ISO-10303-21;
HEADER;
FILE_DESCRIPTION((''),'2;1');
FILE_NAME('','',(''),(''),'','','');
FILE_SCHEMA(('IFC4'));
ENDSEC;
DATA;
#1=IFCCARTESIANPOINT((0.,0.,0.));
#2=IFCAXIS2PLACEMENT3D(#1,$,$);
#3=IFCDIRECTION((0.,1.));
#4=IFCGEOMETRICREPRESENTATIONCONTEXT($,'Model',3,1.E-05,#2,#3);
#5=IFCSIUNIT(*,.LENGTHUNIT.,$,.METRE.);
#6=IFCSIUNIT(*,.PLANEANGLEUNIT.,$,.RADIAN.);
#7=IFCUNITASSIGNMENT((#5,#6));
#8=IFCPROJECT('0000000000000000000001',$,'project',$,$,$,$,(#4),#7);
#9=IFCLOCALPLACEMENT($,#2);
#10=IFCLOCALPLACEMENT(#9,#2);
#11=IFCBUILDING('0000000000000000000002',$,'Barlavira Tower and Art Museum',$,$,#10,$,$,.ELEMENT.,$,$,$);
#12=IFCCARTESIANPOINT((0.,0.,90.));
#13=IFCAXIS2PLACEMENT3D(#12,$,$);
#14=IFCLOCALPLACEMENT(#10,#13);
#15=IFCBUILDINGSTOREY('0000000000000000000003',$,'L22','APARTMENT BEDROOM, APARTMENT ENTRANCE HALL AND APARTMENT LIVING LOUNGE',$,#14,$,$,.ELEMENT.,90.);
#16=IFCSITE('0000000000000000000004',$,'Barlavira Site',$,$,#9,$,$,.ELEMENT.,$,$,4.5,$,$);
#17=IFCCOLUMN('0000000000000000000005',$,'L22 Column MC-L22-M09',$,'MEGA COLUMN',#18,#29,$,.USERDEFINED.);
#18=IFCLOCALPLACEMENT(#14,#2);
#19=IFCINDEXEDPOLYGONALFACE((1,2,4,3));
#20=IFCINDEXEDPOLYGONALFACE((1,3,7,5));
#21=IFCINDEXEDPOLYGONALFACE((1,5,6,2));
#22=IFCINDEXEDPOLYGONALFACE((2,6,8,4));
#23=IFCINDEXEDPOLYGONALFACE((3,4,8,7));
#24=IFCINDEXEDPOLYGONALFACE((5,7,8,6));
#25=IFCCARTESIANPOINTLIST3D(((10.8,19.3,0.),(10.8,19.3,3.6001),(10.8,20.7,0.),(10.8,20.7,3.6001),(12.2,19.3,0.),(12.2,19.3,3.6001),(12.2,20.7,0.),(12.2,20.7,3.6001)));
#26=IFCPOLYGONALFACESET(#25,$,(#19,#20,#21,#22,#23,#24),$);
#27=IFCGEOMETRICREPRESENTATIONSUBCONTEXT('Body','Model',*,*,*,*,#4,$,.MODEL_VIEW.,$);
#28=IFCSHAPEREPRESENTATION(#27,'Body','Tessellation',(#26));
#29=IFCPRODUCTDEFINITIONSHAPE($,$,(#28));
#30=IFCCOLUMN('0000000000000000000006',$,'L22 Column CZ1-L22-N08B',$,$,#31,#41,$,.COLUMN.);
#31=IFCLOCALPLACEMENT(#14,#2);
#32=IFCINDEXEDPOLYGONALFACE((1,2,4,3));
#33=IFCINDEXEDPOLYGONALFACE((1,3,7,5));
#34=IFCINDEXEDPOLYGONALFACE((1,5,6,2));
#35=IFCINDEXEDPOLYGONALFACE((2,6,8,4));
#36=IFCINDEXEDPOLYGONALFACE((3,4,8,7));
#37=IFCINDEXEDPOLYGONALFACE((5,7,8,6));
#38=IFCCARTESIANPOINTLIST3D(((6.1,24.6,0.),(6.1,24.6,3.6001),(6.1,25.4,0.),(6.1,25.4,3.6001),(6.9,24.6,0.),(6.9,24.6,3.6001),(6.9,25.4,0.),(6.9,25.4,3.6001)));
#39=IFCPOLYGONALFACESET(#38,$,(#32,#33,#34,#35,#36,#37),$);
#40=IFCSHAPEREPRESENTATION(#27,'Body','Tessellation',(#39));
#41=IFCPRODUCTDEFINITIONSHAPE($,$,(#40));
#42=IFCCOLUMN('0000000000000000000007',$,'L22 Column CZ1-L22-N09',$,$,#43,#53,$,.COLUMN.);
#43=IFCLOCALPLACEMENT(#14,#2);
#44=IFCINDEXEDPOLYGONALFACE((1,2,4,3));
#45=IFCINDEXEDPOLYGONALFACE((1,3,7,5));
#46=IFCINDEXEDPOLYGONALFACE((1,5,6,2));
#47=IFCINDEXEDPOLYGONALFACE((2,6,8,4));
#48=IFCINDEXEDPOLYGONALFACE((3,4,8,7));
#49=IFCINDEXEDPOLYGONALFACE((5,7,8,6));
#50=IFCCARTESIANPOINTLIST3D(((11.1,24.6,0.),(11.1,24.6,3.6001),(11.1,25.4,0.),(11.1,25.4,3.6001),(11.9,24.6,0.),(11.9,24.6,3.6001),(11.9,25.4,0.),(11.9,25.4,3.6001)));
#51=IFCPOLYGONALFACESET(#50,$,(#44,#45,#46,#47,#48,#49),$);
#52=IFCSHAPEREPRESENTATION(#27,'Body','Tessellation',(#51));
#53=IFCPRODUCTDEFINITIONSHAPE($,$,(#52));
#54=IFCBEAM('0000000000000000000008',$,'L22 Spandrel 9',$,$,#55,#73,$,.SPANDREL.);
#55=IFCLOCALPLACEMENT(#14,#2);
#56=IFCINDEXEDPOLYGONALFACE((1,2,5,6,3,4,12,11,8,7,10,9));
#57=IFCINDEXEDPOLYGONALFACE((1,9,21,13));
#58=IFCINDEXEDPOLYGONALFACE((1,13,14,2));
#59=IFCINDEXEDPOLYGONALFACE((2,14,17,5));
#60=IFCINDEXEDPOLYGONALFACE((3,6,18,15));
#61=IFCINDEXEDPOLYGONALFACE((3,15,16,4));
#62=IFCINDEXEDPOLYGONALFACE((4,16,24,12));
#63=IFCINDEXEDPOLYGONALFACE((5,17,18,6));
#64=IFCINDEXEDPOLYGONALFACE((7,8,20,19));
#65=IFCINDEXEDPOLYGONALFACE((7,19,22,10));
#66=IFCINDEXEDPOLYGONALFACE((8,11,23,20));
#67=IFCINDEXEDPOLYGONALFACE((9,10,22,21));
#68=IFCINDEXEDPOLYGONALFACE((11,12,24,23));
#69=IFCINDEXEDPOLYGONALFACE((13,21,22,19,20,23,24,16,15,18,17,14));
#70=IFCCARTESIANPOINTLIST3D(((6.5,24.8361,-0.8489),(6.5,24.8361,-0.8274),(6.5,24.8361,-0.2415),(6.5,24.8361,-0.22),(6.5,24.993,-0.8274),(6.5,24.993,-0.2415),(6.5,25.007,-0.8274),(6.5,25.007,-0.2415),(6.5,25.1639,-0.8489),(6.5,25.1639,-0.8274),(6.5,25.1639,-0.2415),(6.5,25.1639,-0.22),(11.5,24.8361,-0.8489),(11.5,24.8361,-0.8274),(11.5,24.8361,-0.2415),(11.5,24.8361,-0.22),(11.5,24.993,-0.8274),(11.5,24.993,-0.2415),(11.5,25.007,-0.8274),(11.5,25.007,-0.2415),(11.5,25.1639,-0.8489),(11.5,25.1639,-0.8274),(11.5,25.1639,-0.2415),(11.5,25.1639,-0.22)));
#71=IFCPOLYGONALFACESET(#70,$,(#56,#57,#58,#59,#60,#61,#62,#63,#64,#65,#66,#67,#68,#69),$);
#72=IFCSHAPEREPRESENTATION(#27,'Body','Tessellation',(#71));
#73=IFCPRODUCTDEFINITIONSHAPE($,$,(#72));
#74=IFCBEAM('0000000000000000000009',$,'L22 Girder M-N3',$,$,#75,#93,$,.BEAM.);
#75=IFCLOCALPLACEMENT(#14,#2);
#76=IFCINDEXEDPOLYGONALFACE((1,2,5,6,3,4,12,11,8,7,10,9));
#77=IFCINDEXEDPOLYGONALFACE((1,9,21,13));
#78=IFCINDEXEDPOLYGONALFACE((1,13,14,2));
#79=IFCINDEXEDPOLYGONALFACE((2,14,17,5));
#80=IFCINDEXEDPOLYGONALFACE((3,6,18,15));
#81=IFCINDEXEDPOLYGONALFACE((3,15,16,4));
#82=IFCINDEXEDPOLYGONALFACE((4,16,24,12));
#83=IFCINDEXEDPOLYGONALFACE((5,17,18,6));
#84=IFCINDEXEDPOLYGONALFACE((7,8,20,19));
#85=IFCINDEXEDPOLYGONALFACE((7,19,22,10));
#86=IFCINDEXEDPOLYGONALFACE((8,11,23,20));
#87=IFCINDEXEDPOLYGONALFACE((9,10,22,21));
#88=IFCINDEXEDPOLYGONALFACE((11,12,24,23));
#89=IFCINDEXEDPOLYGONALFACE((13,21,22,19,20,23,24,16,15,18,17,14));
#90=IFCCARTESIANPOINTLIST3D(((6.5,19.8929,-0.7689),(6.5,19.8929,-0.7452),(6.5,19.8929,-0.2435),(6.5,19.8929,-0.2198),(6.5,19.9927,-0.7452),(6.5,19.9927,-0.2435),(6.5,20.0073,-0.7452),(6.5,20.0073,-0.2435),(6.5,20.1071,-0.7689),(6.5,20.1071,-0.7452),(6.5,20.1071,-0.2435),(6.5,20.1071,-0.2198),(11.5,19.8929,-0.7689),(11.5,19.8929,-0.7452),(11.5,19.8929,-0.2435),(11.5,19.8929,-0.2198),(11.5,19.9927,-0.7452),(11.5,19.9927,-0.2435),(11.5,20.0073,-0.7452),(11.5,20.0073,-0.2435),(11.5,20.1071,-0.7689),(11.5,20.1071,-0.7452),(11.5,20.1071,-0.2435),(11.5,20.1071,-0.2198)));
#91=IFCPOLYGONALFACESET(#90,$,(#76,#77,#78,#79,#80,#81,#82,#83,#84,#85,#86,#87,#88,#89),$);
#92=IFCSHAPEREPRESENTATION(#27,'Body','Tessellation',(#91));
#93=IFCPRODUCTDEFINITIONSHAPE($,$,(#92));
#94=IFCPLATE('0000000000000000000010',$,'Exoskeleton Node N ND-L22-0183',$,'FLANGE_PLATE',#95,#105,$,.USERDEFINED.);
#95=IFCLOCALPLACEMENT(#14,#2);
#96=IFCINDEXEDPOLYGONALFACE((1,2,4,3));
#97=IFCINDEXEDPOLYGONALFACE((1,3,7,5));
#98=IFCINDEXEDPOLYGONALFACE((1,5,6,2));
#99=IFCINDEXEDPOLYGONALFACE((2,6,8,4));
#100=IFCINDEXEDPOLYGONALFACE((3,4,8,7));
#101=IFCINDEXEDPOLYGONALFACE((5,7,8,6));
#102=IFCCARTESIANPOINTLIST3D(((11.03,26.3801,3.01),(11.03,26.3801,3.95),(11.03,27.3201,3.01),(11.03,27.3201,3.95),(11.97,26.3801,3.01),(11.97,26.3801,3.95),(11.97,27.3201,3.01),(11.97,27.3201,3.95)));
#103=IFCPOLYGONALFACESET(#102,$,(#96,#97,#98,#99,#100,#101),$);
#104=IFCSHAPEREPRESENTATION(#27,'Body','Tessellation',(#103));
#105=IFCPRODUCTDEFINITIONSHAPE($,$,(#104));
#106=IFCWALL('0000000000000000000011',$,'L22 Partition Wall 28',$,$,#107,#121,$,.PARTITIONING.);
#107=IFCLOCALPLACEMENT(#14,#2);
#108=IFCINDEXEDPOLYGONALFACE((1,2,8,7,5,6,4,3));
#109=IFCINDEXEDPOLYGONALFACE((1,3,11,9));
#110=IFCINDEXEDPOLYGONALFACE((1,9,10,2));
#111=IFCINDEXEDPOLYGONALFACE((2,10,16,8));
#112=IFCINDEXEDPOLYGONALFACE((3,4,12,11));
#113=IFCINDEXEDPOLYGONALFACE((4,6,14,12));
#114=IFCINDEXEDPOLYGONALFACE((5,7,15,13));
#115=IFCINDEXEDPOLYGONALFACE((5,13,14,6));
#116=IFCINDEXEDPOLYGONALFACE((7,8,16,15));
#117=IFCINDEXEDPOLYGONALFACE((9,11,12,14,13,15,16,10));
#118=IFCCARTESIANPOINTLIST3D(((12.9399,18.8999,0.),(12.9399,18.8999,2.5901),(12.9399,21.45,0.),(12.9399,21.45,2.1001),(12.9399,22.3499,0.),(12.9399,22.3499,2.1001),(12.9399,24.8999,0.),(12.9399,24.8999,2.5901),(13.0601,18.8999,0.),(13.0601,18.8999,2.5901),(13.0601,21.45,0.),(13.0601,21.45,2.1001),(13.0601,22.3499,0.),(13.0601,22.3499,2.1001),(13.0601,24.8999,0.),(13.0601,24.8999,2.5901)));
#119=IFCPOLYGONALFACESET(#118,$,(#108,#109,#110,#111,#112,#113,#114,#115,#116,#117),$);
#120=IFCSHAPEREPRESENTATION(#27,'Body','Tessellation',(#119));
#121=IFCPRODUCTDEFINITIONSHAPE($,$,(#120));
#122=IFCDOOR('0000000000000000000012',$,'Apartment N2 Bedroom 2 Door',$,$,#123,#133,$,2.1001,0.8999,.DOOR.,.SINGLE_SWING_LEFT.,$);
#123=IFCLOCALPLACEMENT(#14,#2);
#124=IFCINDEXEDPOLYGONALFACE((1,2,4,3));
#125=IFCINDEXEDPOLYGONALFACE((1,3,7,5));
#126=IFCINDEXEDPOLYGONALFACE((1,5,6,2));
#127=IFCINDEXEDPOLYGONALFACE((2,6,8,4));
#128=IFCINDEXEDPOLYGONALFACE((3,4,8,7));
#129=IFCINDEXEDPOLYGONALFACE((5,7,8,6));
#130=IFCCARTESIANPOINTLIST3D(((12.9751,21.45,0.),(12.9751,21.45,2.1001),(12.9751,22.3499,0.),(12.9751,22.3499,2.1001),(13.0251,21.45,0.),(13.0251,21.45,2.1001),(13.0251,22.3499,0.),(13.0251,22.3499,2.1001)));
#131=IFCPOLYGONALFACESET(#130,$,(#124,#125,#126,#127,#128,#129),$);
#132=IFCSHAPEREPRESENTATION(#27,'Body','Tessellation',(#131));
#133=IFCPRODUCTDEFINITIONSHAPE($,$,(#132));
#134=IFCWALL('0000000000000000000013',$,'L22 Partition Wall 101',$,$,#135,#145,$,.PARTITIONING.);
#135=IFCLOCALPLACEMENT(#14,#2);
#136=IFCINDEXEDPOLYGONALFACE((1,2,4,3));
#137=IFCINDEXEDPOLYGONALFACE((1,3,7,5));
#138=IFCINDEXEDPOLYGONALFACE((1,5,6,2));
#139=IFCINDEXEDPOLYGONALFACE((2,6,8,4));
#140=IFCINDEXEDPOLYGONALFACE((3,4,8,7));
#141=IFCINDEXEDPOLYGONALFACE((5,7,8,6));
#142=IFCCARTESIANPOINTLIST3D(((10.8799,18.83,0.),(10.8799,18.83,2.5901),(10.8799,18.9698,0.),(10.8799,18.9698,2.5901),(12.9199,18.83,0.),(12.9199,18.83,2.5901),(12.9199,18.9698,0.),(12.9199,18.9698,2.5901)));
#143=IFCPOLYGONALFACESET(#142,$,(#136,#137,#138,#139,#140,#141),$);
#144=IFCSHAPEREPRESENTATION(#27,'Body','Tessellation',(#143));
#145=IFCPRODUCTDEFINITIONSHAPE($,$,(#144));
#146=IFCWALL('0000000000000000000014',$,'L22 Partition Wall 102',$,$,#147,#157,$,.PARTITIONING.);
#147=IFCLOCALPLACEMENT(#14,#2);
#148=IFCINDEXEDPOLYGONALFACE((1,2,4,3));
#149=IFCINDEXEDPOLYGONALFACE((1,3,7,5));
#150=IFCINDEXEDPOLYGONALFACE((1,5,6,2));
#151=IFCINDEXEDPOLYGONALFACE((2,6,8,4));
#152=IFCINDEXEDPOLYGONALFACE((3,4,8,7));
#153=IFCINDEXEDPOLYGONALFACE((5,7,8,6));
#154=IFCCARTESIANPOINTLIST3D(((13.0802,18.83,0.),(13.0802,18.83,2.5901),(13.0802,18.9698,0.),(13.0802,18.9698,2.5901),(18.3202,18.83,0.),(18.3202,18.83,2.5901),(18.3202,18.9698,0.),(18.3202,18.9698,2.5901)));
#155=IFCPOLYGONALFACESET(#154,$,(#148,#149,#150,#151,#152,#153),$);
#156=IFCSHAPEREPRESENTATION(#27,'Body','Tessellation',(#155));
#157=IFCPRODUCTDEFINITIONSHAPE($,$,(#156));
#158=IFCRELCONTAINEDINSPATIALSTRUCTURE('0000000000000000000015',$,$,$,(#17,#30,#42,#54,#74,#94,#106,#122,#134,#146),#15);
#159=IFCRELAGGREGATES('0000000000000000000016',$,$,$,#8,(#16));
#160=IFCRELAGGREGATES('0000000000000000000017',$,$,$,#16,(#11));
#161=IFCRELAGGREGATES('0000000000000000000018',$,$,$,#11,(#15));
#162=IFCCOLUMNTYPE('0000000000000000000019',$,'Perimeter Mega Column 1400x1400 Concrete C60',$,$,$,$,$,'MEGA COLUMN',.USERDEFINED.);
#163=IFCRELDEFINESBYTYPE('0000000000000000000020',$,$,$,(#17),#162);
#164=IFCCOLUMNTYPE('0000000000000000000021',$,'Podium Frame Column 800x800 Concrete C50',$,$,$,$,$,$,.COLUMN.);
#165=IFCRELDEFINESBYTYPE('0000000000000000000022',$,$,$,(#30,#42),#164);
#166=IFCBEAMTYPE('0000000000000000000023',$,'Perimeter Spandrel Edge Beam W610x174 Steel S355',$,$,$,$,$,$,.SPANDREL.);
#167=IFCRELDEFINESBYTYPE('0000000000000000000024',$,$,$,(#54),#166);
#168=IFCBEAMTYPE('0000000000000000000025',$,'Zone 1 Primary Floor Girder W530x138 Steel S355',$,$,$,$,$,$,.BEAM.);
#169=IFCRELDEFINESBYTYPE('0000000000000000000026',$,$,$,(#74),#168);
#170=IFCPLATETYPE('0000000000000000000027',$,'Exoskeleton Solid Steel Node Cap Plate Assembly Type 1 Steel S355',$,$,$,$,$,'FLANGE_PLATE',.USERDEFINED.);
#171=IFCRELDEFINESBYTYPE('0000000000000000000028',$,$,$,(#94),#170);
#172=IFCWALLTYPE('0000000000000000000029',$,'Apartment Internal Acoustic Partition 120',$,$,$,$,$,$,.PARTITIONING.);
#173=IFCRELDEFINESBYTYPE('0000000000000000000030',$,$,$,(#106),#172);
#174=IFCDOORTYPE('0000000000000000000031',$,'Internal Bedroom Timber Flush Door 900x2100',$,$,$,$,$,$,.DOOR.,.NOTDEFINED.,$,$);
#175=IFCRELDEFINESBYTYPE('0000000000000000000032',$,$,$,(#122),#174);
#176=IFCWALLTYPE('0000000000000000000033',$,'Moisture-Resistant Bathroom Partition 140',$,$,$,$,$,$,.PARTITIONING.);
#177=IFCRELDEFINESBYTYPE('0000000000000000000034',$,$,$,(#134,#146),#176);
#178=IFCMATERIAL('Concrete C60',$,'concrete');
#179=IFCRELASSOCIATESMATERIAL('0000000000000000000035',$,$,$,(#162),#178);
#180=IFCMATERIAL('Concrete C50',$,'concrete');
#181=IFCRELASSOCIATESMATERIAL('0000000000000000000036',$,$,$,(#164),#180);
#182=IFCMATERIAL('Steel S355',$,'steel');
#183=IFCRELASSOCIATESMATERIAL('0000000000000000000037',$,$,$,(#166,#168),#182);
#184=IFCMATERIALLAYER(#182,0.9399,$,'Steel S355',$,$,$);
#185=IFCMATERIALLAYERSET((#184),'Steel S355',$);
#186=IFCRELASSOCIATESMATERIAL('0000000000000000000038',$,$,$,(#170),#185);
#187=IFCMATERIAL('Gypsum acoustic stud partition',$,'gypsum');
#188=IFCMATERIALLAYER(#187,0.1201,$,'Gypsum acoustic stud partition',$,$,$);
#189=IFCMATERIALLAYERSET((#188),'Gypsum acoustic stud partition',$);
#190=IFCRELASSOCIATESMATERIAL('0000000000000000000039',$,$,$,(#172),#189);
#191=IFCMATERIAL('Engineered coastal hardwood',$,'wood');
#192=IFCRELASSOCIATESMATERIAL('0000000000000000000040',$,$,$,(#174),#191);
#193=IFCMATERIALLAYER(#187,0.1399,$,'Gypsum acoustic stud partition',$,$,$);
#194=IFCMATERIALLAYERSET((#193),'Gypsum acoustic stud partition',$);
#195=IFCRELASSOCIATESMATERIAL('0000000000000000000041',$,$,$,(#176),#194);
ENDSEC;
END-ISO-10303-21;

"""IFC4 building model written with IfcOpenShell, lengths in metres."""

from ifc_helpers import new_model, si_unit, direction, frame, frame_2d, origin, origin_2d, place, context, subcontext, project, spatial, rectangle, i_section, extrude, material, layer, layer_set, material_profile, profile_set, type_object, element, fill, save


model = new_model("IFC4")

# Units and contexts
model_context = context("Model", 3, precision=1e-05, world=origin(), true_north=direction((0.0, 1.0)))
body_context = subcontext(model_context, "Body", "Model", "MODEL_VIEW")
ifc_project = project(units=[si_unit("LENGTHUNIT", "METRE"), si_unit("PLANEANGLEUNIT", "RADIAN")], contexts=[model_context])

# Site, building, storey
site_placement = place(None, origin())
site = spatial("IfcSite", under=ifc_project, at=site_placement, Name="Barlavira Site", CompositionType="ELEMENT", RefElevation=4.5)
building_placement = place(site_placement, origin())
building = spatial("IfcBuilding", under=site, at=building_placement, Name="Barlavira Tower and Art Museum", CompositionType="ELEMENT")
storey_placement = place(building_placement, frame((0.0, 0.0, 90.0)))
storey = spatial("IfcBuildingStorey", under=building, at=storey_placement, Name="L22", Description="APARTMENT BEDROOM, APARTMENT ENTRANCE HALL AND APARTMENT LIVING LOUNGE", CompositionType="ELEMENT", Elevation=90.0)

# Columns
ifc_material_1 = material(Name="Concrete C60", Category="concrete")
ifc_material_profile_1 = material_profile(ifc_material_1, rectangle(XDim=1.3999, YDim=1.3999, at=origin_2d()), Name="RC-MCOL 1400x1400")
ifc_profile_set_1 = profile_set([ifc_material_profile_1], Name="Concrete C60")
column_type_1 = type_object("IfcColumnType", Name="Perimeter Mega Column 1400x1400 Concrete C60", ElementType="MEGA COLUMN", PredefinedType="USERDEFINED", material=ifc_profile_set_1)
column_placement = place(storey_placement, frame((11.5, 20.0, 0.0), z_axis=(0.0, 0.0, 1.0), x_axis=(1.0, 0.0, 0.0)))
element("IfcColumn", 1, at=column_placement, inside=storey, type_object=column_type_1, Name="L22 Column MC-L22-M09", ObjectType="MEGA COLUMN", PredefinedType="USERDEFINED", context=body_context, shape_type="SweptSolid", body=[
    extrude(rectangle(XDim=1.3999, YDim=1.3999, at=origin_2d()), origin(), (0.0, 0.0, 1.0), 3.6001),
])
ifc_material_2 = material(Name="Concrete C50", Category="concrete")
ifc_material_profile_2 = material_profile(ifc_material_2, rectangle(XDim=0.8, YDim=0.8, at=origin_2d()), Name="RC-COL 800x800")
ifc_profile_set_2 = profile_set([ifc_material_profile_2], Name="Concrete C50")
column_type_2 = type_object("IfcColumnType", Name="Podium Frame Column 800x800 Concrete C50", PredefinedType="COLUMN", material=ifc_profile_set_2)
for number, where, z_axis, x_axis, name in (
    (2, (6.5, 25.0, 0.0), (0.0, 0.0, 1.0), (1.0, 0.0, 0.0), "L22 Column CZ1-L22-N08B"),
    (3, (11.5, 25.0, 0.0), (0.0, 0.0, 1.0), (1.0, 0.0, 0.0), "L22 Column CZ1-L22-N09"),
):
    element("IfcColumn", number, at=place(storey_placement, frame(where, z_axis=z_axis, x_axis=x_axis)), inside=storey, type_object=column_type_2, Name=name, PredefinedType="COLUMN", context=body_context, shape_type="SweptSolid", body=[
        extrude(rectangle(XDim=0.8, YDim=0.8, at=origin_2d()), origin(), (0.0, 0.0, 1.0), 3.6001),
    ])

# Beams
ifc_material_3 = material(Name="Steel S355", Category="steel")
ifc_material_profile_3 = material_profile(ifc_material_3, i_section(OverallWidth=0.3279, OverallDepth=0.6289, WebThickness=0.0139, FlangeThickness=0.0215, at=origin_2d()), Name="W610x174.0")
ifc_profile_set_3 = profile_set([ifc_material_profile_3], Name="Steel S355")
beam_type_1 = type_object("IfcBeamType", Name="Perimeter Spandrel Edge Beam W610x174 Steel S355", PredefinedType="SPANDREL", material=ifc_profile_set_3)
beam_1_placement = place(storey_placement, frame((6.5, 25.0, -0.5344), z_axis=(1.0, 0.0, 0.0), x_axis=(0.0, 1.0, 0.0)))
element("IfcBeam", 4, at=beam_1_placement, inside=storey, type_object=beam_type_1, Name="L22 Spandrel 9", PredefinedType="SPANDREL", context=body_context, shape_type="SweptSolid", body=[
    extrude(i_section(OverallWidth=0.3279, OverallDepth=0.6289, WebThickness=0.0139, FlangeThickness=0.0215, at=origin_2d()), origin(), (0.0, 0.0, 1.0), 5.0),
])
ifc_material_profile_4 = material_profile(ifc_material_3, i_section(OverallWidth=0.2141, OverallDepth=0.5491, WebThickness=0.0146, FlangeThickness=0.0237, at=origin_2d()), Name="W530x138.0")
ifc_profile_set_4 = profile_set([ifc_material_profile_4], Name="Steel S355")
beam_type_2 = type_object("IfcBeamType", Name="Zone 1 Primary Floor Girder W530x138 Steel S355", PredefinedType="BEAM", material=ifc_profile_set_4)
beam_2_placement = place(storey_placement, frame((6.5, 20.0, -0.4944), z_axis=(1.0, 0.0, 0.0), x_axis=(0.0, 1.0, 0.0)))
element("IfcBeam", 5, at=beam_2_placement, inside=storey, type_object=beam_type_2, Name="L22 Girder M-N3", PredefinedType="BEAM", context=body_context, shape_type="SweptSolid", body=[
    extrude(i_section(OverallWidth=0.2141, OverallDepth=0.5491, WebThickness=0.0146, FlangeThickness=0.0237, at=origin_2d()), origin(), (0.0, 0.0, 1.0), 5.0),
])

# Plate
ifc_layer_1 = layer(ifc_material_3, 0.9399, Name="Steel S355")
ifc_layer_set_1 = layer_set([ifc_layer_1], Name="Steel S355")
plate_type = type_object("IfcPlateType", Name="Exoskeleton Solid Steel Node Cap Plate Assembly Type 1 Steel S355", ElementType="FLANGE_PLATE", PredefinedType="USERDEFINED", material=ifc_layer_set_1)
plate_placement = place(storey_placement, frame((11.5, 26.8501, 3.01), z_axis=(0.0, 0.0, 1.0), x_axis=(1.0, 0.0, 0.0)))
element("IfcPlate", 6, at=plate_placement, inside=storey, type_object=plate_type, Name="Exoskeleton Node N ND-L22-0183", ObjectType="FLANGE_PLATE", PredefinedType="USERDEFINED", context=body_context, shape_type="SweptSolid", body=[
    extrude(rectangle(XDim=0.9399, YDim=0.9399, at=origin_2d()), origin(), (0.0, 0.0, 1.0), 0.9399),
])

# Wall, opening, door
ifc_material_4 = material(Name="Gypsum acoustic stud partition", Category="gypsum")
ifc_layer_2 = layer(ifc_material_4, 0.1201, Name="Gypsum acoustic stud partition")
ifc_layer_set_2 = layer_set([ifc_layer_2], Name="Gypsum acoustic stud partition")
wall_type_1 = type_object("IfcWallType", Name="Apartment Internal Acoustic Partition 120", PredefinedType="PARTITIONING", material=ifc_layer_set_2)
wall_1_placement = place(storey_placement, frame((13.0, 18.8999, 0.0), z_axis=(0.0, 0.0, 1.0), x_axis=(0.0, 1.0, 0.0)))
wall_1 = element("IfcWall", 7, at=wall_1_placement, inside=storey, type_object=wall_type_1, Name="L22 Partition Wall 28", PredefinedType="PARTITIONING", context=body_context, shape_type="SweptSolid", body=[
    extrude(rectangle(XDim=6.0, YDim=0.1201, at=frame_2d((3.0, 0.0))), origin(), (0.0, 0.0, 1.0), 2.5901),
])
opening_1_placement = place(wall_1_placement, frame((2.55, 0.0, 0.0)))
opening_1 = element("IfcOpeningElement", 8, at=opening_1_placement, cuts=wall_1, PredefinedType="OPENING", context=body_context, shape_type="SweptSolid", body=[
    extrude(rectangle(XDim=0.8999, YDim=2.1001, at=frame_2d((0.45, 1.05))), frame((0.0, 0.0701, 0.0), z_axis=(0.0, -1.0, 0.0), x_axis=(1.0, 0.0, 0.0)), (0.0, 0.0, 1.0), 0.1401),
])
ifc_material_5 = material(Name="Engineered coastal hardwood", Category="wood")
door_type = type_object("IfcDoorType", Name="Internal Bedroom Timber Flush Door 900x2100", OperationType="NOTDEFINED", PredefinedType="DOOR", material=ifc_material_5)
door_placement = place(opening_1_placement, origin())
door = element("IfcDoor", 9, at=door_placement, inside=storey, type_object=door_type, Name="Apartment N2 Bedroom 2 Door", OperationType="SINGLE_SWING_LEFT", OverallHeight=2.1001, OverallWidth=0.8999, PredefinedType="DOOR", context=body_context, shape_type="SweptSolid", body=[
    extrude(rectangle(XDim=0.8999, YDim=2.1001, at=frame_2d((0.45, 1.05))), frame((0.0, 0.0249, 0.0), z_axis=(0.0, -1.0, 0.0), x_axis=(1.0, 0.0, 0.0)), (0.0, 0.0, 1.0), 0.05),
])
fill(opening_1, door)

# Walls
ifc_layer_3 = layer(ifc_material_4, 0.1399, Name="Gypsum acoustic stud partition")
ifc_layer_set_3 = layer_set([ifc_layer_3], Name="Gypsum acoustic stud partition")
wall_type_2 = type_object("IfcWallType", Name="Moisture-Resistant Bathroom Partition 140", PredefinedType="PARTITIONING", material=ifc_layer_set_3)
wall_2_placement = place(storey_placement, frame((10.8799, 18.8999, 0.0), z_axis=(0.0, 0.0, 1.0), x_axis=(1.0, 0.0, 0.0)))
element("IfcWall", 10, at=wall_2_placement, inside=storey, type_object=wall_type_2, Name="L22 Partition Wall 101", PredefinedType="PARTITIONING", context=body_context, shape_type="SweptSolid", body=[
    extrude(rectangle(XDim=2.04, YDim=0.1399, at=frame_2d((1.02, 0.0))), origin(), (0.0, 0.0, 1.0), 2.5901),
])
wall_3_placement = place(storey_placement, frame((13.0801, 18.8999, 0.0), z_axis=(0.0, 0.0, 1.0), x_axis=(1.0, 0.0, 0.0)))
element("IfcWall", 11, at=wall_3_placement, inside=storey, type_object=wall_type_2, Name="L22 Partition Wall 102", PredefinedType="PARTITIONING", context=body_context, shape_type="SweptSolid", body=[
    extrude(rectangle(XDim=5.24, YDim=0.1399, at=frame_2d((2.6201, 0.0))), origin(), (0.0, 0.0, 1.0), 2.5901),
])

save(model, "model.ifc")
